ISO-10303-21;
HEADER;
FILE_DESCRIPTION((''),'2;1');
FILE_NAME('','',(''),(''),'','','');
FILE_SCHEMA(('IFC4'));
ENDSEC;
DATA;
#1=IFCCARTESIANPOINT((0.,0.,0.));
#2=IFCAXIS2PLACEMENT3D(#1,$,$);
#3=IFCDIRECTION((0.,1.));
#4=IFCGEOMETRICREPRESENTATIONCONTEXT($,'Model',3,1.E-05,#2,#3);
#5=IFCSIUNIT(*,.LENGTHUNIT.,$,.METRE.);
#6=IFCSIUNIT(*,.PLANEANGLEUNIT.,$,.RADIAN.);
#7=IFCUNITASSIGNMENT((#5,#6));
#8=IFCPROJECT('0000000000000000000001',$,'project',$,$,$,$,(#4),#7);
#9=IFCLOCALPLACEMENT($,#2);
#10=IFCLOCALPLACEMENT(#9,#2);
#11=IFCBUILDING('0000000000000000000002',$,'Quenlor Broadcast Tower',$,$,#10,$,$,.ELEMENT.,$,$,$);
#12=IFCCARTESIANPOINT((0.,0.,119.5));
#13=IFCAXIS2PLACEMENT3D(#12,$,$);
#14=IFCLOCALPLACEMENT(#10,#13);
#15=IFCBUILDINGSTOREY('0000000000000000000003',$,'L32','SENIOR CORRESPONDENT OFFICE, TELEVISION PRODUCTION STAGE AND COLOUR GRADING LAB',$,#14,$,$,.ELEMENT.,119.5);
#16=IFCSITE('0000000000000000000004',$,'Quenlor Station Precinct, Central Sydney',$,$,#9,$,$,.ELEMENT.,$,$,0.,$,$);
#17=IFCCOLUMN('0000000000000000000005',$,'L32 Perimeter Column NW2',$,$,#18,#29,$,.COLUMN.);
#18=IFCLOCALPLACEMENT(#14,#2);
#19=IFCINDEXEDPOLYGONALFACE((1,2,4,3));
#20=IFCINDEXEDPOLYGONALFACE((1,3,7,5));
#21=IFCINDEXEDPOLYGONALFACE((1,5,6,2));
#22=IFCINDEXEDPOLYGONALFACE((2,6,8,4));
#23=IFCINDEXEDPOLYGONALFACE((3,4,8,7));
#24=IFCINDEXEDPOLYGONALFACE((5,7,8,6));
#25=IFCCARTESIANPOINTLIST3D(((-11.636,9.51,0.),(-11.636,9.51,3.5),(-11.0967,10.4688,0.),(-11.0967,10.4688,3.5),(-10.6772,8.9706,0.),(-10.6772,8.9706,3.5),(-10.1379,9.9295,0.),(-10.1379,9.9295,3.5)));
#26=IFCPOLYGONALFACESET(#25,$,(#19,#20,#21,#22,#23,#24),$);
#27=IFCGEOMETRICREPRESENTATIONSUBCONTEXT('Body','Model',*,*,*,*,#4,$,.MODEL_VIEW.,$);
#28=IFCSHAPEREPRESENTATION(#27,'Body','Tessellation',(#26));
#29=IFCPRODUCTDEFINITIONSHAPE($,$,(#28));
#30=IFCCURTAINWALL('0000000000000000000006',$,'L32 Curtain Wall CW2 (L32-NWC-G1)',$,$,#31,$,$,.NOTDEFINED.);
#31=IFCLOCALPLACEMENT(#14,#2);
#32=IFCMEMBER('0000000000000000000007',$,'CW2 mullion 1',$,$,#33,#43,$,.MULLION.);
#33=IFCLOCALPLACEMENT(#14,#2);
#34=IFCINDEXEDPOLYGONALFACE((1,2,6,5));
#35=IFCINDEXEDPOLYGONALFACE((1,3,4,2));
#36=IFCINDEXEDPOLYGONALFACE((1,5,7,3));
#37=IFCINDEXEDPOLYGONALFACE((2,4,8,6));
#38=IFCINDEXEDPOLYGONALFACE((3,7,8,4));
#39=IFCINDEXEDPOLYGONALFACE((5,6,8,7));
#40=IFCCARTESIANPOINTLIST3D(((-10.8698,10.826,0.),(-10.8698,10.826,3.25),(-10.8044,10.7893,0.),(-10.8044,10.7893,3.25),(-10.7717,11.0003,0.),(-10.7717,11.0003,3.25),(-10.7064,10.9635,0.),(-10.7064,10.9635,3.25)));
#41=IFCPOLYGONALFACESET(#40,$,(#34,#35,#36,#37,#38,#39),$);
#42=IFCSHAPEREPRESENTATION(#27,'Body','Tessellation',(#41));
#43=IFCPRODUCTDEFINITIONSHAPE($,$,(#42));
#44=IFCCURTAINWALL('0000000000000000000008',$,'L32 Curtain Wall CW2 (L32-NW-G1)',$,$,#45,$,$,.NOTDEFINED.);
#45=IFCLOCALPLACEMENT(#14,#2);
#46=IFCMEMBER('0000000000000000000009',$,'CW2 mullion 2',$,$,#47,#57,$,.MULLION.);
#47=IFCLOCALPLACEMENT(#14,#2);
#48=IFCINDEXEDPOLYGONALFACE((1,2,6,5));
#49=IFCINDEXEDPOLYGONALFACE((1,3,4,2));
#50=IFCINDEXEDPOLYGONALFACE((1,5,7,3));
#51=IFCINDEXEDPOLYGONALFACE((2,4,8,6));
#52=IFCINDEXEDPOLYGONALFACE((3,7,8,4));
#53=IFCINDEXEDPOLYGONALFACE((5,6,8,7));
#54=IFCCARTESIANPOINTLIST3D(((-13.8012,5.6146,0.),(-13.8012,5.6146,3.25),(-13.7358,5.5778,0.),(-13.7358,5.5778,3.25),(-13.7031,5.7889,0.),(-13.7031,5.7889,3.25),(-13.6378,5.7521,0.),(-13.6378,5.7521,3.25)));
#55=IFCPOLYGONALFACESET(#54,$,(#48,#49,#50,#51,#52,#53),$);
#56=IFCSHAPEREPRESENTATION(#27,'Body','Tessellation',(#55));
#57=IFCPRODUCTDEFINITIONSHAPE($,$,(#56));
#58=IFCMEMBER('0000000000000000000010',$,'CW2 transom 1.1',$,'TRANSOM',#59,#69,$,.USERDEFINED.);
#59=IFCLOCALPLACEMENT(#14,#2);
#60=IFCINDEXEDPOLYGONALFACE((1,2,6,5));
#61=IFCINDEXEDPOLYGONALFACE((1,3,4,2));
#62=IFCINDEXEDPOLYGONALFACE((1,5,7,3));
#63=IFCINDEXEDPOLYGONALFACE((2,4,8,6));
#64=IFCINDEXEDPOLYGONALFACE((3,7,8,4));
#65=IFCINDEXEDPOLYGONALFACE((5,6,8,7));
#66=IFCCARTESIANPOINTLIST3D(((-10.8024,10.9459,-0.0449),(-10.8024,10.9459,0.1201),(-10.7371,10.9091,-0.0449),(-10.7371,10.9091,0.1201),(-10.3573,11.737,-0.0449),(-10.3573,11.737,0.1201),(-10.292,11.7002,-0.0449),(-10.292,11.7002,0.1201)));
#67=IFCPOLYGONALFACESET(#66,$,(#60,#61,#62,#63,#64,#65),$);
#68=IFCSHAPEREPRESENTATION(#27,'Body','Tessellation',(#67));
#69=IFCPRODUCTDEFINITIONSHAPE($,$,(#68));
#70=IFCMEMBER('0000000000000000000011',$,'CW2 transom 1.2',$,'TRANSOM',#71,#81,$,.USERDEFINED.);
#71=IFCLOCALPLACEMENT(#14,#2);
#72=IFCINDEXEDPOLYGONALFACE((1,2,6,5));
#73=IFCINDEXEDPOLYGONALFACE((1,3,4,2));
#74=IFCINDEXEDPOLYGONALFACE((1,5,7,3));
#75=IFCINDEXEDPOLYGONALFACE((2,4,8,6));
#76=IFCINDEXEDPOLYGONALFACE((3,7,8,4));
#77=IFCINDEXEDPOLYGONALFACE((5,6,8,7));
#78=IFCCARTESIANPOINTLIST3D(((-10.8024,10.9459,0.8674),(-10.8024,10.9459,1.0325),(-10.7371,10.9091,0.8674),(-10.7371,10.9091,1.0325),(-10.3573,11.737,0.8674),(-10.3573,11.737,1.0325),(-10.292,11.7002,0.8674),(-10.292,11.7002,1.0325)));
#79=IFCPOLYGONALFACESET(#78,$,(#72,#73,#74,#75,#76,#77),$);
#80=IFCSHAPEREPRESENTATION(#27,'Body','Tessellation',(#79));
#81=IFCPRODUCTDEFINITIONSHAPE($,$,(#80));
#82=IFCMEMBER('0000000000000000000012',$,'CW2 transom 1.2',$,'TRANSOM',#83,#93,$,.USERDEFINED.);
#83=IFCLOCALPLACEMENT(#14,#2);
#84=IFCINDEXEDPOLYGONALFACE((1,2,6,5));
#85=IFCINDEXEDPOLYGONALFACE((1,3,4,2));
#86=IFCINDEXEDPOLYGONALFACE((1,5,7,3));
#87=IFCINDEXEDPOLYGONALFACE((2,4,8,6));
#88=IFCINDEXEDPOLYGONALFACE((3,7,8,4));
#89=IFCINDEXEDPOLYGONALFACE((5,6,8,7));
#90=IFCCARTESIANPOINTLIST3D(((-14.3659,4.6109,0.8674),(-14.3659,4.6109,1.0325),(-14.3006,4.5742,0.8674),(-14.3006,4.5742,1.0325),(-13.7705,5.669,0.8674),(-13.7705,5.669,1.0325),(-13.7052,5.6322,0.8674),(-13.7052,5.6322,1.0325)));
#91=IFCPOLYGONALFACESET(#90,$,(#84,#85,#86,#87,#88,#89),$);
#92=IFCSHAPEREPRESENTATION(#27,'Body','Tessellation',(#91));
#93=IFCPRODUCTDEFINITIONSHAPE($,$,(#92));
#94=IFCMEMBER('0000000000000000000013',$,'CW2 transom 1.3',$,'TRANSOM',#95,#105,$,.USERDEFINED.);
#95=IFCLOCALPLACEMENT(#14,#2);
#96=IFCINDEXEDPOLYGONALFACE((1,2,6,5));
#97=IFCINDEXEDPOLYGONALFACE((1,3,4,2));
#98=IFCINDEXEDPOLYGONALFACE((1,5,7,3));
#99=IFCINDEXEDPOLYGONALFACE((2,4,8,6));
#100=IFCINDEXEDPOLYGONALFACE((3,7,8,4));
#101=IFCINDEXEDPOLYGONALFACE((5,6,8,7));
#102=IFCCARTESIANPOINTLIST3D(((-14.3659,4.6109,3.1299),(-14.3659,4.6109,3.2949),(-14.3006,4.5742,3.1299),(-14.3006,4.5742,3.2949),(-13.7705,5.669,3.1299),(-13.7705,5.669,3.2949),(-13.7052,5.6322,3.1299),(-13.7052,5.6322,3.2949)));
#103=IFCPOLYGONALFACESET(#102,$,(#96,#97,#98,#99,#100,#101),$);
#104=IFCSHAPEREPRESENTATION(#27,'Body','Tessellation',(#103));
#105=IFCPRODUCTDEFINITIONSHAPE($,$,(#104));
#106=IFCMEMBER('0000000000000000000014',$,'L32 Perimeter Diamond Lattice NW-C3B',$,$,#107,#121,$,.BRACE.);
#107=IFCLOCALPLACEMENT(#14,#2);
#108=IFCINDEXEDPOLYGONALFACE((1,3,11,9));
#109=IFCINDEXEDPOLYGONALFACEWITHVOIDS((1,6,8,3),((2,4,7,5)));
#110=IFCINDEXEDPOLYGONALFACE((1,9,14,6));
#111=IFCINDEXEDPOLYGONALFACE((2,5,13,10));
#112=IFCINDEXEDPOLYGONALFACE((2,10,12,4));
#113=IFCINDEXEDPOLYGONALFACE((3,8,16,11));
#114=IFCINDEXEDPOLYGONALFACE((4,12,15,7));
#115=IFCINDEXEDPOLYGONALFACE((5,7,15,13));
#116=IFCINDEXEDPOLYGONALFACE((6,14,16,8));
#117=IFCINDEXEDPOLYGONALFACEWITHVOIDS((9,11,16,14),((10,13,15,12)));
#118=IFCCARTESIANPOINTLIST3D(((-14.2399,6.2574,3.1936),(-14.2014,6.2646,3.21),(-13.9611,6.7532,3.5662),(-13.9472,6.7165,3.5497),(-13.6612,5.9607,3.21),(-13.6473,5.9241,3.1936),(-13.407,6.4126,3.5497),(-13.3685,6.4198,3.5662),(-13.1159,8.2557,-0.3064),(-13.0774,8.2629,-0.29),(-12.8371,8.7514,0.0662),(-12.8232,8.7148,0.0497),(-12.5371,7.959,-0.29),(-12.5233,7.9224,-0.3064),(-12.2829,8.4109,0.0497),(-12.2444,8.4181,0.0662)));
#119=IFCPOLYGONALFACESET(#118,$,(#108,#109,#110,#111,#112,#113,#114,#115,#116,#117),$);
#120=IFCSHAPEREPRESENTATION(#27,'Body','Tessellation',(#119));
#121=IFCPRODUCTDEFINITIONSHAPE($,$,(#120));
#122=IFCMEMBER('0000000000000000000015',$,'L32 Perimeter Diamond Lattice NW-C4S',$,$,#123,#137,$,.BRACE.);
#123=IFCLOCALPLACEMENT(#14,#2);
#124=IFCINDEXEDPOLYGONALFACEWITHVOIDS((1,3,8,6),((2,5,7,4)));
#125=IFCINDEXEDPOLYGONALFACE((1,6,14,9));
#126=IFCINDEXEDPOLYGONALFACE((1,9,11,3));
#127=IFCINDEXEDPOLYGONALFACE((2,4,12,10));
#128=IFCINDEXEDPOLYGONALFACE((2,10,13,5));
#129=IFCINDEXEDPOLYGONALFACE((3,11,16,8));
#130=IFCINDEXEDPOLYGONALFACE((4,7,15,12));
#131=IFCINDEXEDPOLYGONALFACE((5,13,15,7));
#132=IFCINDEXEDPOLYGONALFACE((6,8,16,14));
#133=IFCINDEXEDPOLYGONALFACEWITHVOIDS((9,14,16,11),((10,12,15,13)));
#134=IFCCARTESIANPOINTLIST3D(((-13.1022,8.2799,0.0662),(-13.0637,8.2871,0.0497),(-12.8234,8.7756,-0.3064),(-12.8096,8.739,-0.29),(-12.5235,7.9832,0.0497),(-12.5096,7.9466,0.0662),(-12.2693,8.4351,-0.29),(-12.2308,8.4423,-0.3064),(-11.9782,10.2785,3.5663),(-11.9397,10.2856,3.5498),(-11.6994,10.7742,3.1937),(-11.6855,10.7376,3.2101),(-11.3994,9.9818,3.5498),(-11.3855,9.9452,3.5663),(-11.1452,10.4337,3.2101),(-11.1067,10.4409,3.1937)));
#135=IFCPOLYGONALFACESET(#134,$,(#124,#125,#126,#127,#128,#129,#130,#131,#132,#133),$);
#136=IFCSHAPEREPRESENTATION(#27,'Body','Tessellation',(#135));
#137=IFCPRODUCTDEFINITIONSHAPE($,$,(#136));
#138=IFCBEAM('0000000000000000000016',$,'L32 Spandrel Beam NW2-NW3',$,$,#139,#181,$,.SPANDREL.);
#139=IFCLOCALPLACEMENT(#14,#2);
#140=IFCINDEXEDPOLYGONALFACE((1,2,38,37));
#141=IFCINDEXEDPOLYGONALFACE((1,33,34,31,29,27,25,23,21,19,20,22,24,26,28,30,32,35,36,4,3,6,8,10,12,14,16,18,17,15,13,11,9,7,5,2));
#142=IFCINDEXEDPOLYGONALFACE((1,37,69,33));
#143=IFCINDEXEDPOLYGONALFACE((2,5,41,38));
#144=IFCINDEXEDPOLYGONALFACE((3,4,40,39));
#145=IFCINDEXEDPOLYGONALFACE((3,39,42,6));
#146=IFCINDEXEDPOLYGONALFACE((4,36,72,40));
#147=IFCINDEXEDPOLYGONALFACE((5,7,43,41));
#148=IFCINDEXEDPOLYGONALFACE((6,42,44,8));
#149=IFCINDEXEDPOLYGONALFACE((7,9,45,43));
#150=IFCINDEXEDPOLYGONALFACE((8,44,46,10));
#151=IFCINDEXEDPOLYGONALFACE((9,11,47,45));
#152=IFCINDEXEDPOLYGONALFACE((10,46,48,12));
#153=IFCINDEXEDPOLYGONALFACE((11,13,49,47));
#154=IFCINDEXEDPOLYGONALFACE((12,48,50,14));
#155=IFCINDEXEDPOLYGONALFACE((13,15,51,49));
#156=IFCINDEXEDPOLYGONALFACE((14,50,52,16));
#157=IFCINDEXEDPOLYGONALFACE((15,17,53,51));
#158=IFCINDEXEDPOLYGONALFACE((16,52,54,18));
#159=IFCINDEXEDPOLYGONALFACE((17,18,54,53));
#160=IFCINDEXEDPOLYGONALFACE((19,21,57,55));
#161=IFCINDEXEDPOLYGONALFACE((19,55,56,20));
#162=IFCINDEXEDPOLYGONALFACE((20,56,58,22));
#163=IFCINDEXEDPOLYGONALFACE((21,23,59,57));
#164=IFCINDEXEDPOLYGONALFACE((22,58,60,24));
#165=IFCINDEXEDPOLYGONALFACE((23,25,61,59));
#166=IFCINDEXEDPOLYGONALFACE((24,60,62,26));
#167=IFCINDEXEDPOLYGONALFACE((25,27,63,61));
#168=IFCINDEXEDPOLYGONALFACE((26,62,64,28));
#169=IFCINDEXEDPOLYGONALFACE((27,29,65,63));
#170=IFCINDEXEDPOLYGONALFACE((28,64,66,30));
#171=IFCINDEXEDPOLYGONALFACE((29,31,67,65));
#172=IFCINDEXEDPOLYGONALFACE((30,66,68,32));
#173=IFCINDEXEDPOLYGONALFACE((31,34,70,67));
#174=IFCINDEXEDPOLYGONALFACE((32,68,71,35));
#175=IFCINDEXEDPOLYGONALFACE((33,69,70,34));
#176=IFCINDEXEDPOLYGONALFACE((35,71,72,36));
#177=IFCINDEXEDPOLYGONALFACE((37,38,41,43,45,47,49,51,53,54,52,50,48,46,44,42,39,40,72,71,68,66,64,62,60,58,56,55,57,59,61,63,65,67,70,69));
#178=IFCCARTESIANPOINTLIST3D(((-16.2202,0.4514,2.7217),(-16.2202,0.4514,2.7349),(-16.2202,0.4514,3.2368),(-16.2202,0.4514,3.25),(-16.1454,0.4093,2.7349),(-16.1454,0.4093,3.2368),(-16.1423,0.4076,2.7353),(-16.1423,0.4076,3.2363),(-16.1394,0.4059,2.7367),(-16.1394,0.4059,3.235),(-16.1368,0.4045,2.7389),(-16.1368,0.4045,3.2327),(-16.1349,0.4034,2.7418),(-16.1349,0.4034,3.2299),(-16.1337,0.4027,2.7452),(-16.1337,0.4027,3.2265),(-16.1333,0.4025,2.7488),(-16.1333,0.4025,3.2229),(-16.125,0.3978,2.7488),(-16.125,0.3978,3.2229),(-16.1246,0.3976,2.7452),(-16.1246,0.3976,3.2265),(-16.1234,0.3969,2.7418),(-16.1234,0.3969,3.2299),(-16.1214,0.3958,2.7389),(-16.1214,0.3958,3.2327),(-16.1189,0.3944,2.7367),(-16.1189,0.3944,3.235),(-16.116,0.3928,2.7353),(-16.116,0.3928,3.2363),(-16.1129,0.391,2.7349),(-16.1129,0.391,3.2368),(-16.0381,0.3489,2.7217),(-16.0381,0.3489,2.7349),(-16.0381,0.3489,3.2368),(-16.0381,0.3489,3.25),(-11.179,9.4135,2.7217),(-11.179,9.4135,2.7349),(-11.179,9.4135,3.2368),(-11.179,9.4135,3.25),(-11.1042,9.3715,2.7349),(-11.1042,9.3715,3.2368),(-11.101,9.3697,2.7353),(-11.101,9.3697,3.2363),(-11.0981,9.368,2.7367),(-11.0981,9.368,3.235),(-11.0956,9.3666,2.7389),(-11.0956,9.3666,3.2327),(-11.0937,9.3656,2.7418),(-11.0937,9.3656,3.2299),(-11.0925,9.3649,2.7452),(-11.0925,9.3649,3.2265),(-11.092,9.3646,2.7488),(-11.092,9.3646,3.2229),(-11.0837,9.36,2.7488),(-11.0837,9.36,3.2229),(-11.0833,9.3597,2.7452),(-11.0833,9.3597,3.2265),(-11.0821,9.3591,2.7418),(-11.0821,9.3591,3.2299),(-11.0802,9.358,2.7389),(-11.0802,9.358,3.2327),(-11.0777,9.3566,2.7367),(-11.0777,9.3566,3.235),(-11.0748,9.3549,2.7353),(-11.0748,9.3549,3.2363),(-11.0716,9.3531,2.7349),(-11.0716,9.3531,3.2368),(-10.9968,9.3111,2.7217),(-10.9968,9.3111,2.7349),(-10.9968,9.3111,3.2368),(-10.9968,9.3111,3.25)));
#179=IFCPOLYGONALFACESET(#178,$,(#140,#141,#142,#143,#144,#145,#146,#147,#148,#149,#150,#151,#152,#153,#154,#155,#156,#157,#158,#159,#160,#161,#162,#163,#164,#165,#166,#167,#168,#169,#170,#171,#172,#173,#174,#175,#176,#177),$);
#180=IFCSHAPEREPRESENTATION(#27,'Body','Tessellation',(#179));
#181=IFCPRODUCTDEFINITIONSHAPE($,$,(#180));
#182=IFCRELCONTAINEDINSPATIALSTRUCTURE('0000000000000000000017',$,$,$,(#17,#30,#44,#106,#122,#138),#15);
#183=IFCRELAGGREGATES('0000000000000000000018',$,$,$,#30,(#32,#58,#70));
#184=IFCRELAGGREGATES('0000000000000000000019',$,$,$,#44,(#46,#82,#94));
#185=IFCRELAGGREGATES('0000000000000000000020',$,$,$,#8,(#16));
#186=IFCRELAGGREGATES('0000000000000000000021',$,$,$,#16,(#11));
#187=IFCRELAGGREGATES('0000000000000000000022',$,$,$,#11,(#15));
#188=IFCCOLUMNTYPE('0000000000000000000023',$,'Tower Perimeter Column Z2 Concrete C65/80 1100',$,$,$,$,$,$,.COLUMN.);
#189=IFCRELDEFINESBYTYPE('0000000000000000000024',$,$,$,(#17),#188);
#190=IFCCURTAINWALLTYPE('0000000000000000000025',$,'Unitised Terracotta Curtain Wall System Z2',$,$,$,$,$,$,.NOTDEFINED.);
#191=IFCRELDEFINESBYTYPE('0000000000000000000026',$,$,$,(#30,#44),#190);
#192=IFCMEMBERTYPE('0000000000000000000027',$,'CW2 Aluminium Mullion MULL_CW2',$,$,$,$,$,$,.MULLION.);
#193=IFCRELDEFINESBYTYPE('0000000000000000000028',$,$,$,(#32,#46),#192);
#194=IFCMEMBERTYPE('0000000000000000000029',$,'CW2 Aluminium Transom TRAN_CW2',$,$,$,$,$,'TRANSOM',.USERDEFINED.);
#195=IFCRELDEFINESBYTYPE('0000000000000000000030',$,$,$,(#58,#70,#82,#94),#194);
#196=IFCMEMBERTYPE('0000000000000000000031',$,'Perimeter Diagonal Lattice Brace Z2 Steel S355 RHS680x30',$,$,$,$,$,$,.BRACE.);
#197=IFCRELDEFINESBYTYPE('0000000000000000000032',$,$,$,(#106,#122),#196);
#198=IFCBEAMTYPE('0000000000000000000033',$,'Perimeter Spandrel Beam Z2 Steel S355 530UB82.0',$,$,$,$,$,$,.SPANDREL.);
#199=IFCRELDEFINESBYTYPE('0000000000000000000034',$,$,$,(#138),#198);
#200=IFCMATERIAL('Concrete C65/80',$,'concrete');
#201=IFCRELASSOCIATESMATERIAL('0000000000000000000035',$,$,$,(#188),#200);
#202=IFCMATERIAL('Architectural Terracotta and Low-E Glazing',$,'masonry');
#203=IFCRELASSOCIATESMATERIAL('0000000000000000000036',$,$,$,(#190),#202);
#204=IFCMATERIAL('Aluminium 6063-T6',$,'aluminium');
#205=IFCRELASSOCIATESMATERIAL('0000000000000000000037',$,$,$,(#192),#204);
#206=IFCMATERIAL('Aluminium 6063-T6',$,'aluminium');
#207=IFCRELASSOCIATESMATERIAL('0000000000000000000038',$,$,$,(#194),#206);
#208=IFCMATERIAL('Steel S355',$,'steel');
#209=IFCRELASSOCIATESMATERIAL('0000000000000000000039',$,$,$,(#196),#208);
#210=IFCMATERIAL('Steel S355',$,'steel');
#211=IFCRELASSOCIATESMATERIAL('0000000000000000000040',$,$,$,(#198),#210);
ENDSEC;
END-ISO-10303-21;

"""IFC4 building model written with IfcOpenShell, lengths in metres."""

from ifc_helpers import new_model, si_unit, direction, frame, origin, origin_2d, place, context, subcontext, project, spatial, rectangle, hollow_rectangle, i_section, extrude, material, material_profile, profile_set, type_object, element, aggregate, save


model = new_model("IFC4")

# Units and contexts
model_context = context("Model", 3, precision=1e-05, world=origin(), true_north=direction((0.0, 1.0)))
body_context = subcontext(model_context, "Body", "Model", "MODEL_VIEW")
ifc_project = project(units=[si_unit("LENGTHUNIT", "METRE"), si_unit("PLANEANGLEUNIT", "RADIAN")], contexts=[model_context])

# Site, building, storey
site_placement = place(None, origin())
site = spatial("IfcSite", under=ifc_project, at=site_placement, Name="Quenlor Station Precinct, Central Sydney", CompositionType="ELEMENT", RefElevation=0.0)
building_placement = place(site_placement, origin())
building = spatial("IfcBuilding", under=site, at=building_placement, Name="Quenlor Broadcast Tower", CompositionType="ELEMENT")
storey_placement = place(building_placement, frame((0.0, 0.0, 119.5)))
storey = spatial("IfcBuildingStorey", under=building, at=storey_placement, Name="L32", Description="SENIOR CORRESPONDENT OFFICE, TELEVISION PRODUCTION STAGE AND COLOUR GRADING LAB", CompositionType="ELEMENT", Elevation=119.5)

# Column
ifc_material_1 = material(Name="Concrete C65/80", Category="concrete")
ifc_material_profile_1 = material_profile(ifc_material_1, rectangle(XDim=1.1001, YDim=1.1001, at=origin_2d()))
ifc_profile_set_1 = profile_set([ifc_material_profile_1], Name="Concrete C65/80 RC1100x1100")
column_type = type_object("IfcColumnType", Name="Tower Perimeter Column Z2 Concrete C65/80 1100", PredefinedType="COLUMN", material=ifc_profile_set_1)
column_placement = place(storey_placement, frame((-10.887, 9.7197, 0.0), z_axis=(0.0, 0.0, 1.0), x_axis=(-0.871575, 0.490262, 0.0)))
element("IfcColumn", 1, at=column_placement, inside=storey, type_object=column_type, Name="L32 Perimeter Column NW2", PredefinedType="COLUMN", context=body_context, shape_type="SweptSolid", body=[
    extrude(rectangle(XDim=1.1001, YDim=1.1001, at=origin_2d()), origin(), (0.0, 0.0, 1.0), 3.5),
])

# Curtain walls, members
ifc_material_2 = material(Name="Architectural Terracotta and Low-E Glazing", Category="masonry")
curtain_wall_type = type_object("IfcCurtainWallType", Name="Unitised Terracotta Curtain Wall System Z2", PredefinedType="NOTDEFINED", material=ifc_material_2)
curtain_wall_1_placement = place(storey_placement, origin())
curtain_wall_1 = element("IfcCurtainWall", 2, at=curtain_wall_1_placement, inside=storey, type_object=curtain_wall_type, Name="L32 Curtain Wall CW2 (L32-NWC-G1)", PredefinedType="NOTDEFINED")
ifc_material_3 = material(Name="Aluminium 6063-T6", Category="aluminium")
ifc_material_profile_2 = material_profile(ifc_material_3, rectangle(XDim=0.075, YDim=0.2, at=origin_2d()))
ifc_profile_set_2 = profile_set([ifc_material_profile_2], Name="Aluminium 6063-T6 MULL75x200")
member_type_1 = type_object("IfcMemberType", Name="CW2 Aluminium Mullion MULL_CW2", PredefinedType="MULLION", material=ifc_profile_set_2)
member_1_placement = place(storey_placement, frame((-10.7881, 10.8948, 0.0), z_axis=(0.0, 0.0, 1.0), x_axis=(-0.871581, 0.490252, 0.0)))
member_1 = element("IfcMember", 3, at=member_1_placement, type_object=member_type_1, Name="CW2 mullion 1", PredefinedType="MULLION", context=body_context, shape_type="SweptSolid", body=[
    extrude(rectangle(XDim=0.075, YDim=0.2, at=origin_2d()), origin(), (0.0, 0.0, 1.0), 3.25),
])
curtain_wall_2_placement = place(storey_placement, origin())
curtain_wall_2 = element("IfcCurtainWall", 4, at=curtain_wall_2_placement, inside=storey, type_object=curtain_wall_type, Name="L32 Curtain Wall CW2 (L32-NW-G1)", PredefinedType="NOTDEFINED")
member_2_placement = place(storey_placement, frame((-13.7195, 5.6833, 0.0), z_axis=(0.0, 0.0, 1.0), x_axis=(-0.871579, 0.490254, 0.0)))
member_2 = element("IfcMember", 5, at=member_2_placement, type_object=member_type_1, Name="CW2 mullion 2", PredefinedType="MULLION", context=body_context, shape_type="SweptSolid", body=[
    extrude(rectangle(XDim=0.075, YDim=0.2, at=origin_2d()), origin(), (0.0, 0.0, 1.0), 3.25),
])

# Members
ifc_material_4 = material(Name="Aluminium 6063-T6", Category="aluminium")
ifc_material_profile_3 = material_profile(ifc_material_4, rectangle(XDim=0.075, YDim=0.165, at=origin_2d()))
ifc_profile_set_3 = profile_set([ifc_material_profile_3], Name="Aluminium 6063-T6 TRAN75x165")
member_type_2 = type_object("IfcMemberType", Name="CW2 Aluminium Transom TRAN_CW2", ElementType="TRANSOM", PredefinedType="USERDEFINED", material=ifc_profile_set_3)
member_3_placement = place(storey_placement, frame((-10.7698, 10.9275, 0.0376), z_axis=(0.490363, 0.871518, 0.0), x_axis=(-0.871518, 0.490363, 0.0)))
member_3 = element("IfcMember", 6, at=member_3_placement, type_object=member_type_2, Name="CW2 transom 1.1", ObjectType="TRANSOM", PredefinedType="USERDEFINED", context=body_context, shape_type="SweptSolid", body=[
    extrude(rectangle(XDim=0.075, YDim=0.165, at=origin_2d()), origin(), (0.0, 0.0, 1.0), 0.9077),
])
member_4_placement = place(storey_placement, frame((-10.7698, 10.9275, 0.95), z_axis=(0.490363, 0.871518, 0.0), x_axis=(-0.871518, 0.490363, 0.0)))
member_4 = element("IfcMember", 7, at=member_4_placement, type_object=member_type_2, Name="CW2 transom 1.2", ObjectType="TRANSOM", PredefinedType="USERDEFINED", context=body_context, shape_type="SweptSolid", body=[
    extrude(rectangle(XDim=0.075, YDim=0.165, at=origin_2d()), origin(), (0.0, 0.0, 1.0), 0.9077),
])
aggregate(curtain_wall_1, [member_1, member_3, member_4])
member_5_placement = place(storey_placement, frame((-14.3333, 4.5925, 0.95), z_axis=(0.490433, 0.871479, 0.0), x_axis=(-0.871479, 0.490433, 0.0)))
member_5 = element("IfcMember", 8, at=member_5_placement, type_object=member_type_2, Name="CW2 transom 1.2", ObjectType="TRANSOM", PredefinedType="USERDEFINED", context=body_context, shape_type="SweptSolid", body=[
    extrude(rectangle(XDim=0.075, YDim=0.165, at=origin_2d()), origin(), (0.0, 0.0, 1.0), 1.2141),
])
member_6_placement = place(storey_placement, frame((-14.3333, 4.5925, 3.2124), z_axis=(0.490433, 0.871479, 0.0), x_axis=(-0.871479, 0.490433, 0.0)))
member_6 = element("IfcMember", 9, at=member_6_placement, type_object=member_type_2, Name="CW2 transom 1.3", ObjectType="TRANSOM", PredefinedType="USERDEFINED", context=body_context, shape_type="SweptSolid", body=[
    extrude(rectangle(XDim=0.075, YDim=0.165, at=origin_2d()), origin(), (0.0, 0.0, 1.0), 1.2141),
])

# Members
ifc_material_5 = material(Name="Steel S355", Category="steel")
ifc_material_profile_4 = material_profile(ifc_material_5, hollow_rectangle(XDim=0.6799, YDim=0.6799, WallThickness=0.03, at=origin_2d()))
ifc_profile_set_4 = profile_set([ifc_material_profile_4], Name="Steel S355 RHS680x680x30")
member_type_3 = type_object("IfcMemberType", Name="Perimeter Diagonal Lattice Brace Z2 Steel S355 RHS680x30", PredefinedType="BRACE", material=ifc_profile_set_4)
member_7_placement = place(storey_placement, frame((-12.6802, 8.3369, -0.1201), z_axis=(-0.268642, -0.477593, 0.836502), x_axis=(0.871578, -0.490256, 0.0)))
element("IfcMember", 10, at=member_7_placement, inside=storey, type_object=member_type_3, Name="L32 Perimeter Diamond Lattice NW-C3B", PredefinedType="BRACE", context=body_context, shape_type="SweptSolid", body=[
    extrude(hollow_rectangle(XDim=0.6799, YDim=0.6799, WallThickness=0.03, at=origin_2d()), origin(), (0.0, 0.0, 1.0), 4.1841),
])
member_8_placement = place(storey_placement, frame((-12.6665, 8.3611, -0.1201), z_axis=(0.268635, 0.477638, 0.836479), x_axis=(-0.871604, 0.490211, 0.0)))
element("IfcMember", 11, at=member_8_placement, inside=storey, type_object=member_type_3, Name="L32 Perimeter Diamond Lattice NW-C4S", PredefinedType="BRACE", context=body_context, shape_type="SweptSolid", body=[
    extrude(hollow_rectangle(XDim=0.6799, YDim=0.6799, WallThickness=0.03, at=origin_2d()), origin(), (0.0, 0.0, 1.0), 4.1843),
])

# Beam
ifc_material_6 = material(Name="Steel S355", Category="steel")
ifc_material_profile_5 = material_profile(ifc_material_6, i_section(OverallWidth=0.209, OverallDepth=0.5283, WebThickness=0.0095, FlangeThickness=0.0132, FilletRadius=0.0139, at=origin_2d()))
ifc_profile_set_5 = profile_set([ifc_material_profile_5], Name="Steel S355 530UB82.0")
beam_type_1 = type_object("IfcBeamType", Name="Perimeter Spandrel Beam Z2 Steel S355 530UB82.0", PredefinedType="SPANDREL", material=ifc_profile_set_5)
beam_1_placement = place(storey_placement, frame((-11.0879, 9.3623, 2.9858), z_axis=(-0.490265, -0.871574, 0.0), x_axis=(0.871574, -0.490265, 0.0)))
element("IfcBeam", 12, at=beam_1_placement, inside=storey, type_object=beam_type_1, Name="L32 Spandrel Beam NW2-NW3", PredefinedType="SPANDREL", context=body_context, shape_type="SweptSolid", body=[
    extrude(i_section(OverallWidth=0.209, OverallDepth=0.5283, WebThickness=0.0095, FlangeThickness=0.0132, FilletRadius=0.0139, at=origin_2d()), origin(), (0.0, 0.0, 1.0), 10.2827),
])

aggregate(curtain_wall_2, [member_2, member_5, member_6])

save(model, "model.ifc")
